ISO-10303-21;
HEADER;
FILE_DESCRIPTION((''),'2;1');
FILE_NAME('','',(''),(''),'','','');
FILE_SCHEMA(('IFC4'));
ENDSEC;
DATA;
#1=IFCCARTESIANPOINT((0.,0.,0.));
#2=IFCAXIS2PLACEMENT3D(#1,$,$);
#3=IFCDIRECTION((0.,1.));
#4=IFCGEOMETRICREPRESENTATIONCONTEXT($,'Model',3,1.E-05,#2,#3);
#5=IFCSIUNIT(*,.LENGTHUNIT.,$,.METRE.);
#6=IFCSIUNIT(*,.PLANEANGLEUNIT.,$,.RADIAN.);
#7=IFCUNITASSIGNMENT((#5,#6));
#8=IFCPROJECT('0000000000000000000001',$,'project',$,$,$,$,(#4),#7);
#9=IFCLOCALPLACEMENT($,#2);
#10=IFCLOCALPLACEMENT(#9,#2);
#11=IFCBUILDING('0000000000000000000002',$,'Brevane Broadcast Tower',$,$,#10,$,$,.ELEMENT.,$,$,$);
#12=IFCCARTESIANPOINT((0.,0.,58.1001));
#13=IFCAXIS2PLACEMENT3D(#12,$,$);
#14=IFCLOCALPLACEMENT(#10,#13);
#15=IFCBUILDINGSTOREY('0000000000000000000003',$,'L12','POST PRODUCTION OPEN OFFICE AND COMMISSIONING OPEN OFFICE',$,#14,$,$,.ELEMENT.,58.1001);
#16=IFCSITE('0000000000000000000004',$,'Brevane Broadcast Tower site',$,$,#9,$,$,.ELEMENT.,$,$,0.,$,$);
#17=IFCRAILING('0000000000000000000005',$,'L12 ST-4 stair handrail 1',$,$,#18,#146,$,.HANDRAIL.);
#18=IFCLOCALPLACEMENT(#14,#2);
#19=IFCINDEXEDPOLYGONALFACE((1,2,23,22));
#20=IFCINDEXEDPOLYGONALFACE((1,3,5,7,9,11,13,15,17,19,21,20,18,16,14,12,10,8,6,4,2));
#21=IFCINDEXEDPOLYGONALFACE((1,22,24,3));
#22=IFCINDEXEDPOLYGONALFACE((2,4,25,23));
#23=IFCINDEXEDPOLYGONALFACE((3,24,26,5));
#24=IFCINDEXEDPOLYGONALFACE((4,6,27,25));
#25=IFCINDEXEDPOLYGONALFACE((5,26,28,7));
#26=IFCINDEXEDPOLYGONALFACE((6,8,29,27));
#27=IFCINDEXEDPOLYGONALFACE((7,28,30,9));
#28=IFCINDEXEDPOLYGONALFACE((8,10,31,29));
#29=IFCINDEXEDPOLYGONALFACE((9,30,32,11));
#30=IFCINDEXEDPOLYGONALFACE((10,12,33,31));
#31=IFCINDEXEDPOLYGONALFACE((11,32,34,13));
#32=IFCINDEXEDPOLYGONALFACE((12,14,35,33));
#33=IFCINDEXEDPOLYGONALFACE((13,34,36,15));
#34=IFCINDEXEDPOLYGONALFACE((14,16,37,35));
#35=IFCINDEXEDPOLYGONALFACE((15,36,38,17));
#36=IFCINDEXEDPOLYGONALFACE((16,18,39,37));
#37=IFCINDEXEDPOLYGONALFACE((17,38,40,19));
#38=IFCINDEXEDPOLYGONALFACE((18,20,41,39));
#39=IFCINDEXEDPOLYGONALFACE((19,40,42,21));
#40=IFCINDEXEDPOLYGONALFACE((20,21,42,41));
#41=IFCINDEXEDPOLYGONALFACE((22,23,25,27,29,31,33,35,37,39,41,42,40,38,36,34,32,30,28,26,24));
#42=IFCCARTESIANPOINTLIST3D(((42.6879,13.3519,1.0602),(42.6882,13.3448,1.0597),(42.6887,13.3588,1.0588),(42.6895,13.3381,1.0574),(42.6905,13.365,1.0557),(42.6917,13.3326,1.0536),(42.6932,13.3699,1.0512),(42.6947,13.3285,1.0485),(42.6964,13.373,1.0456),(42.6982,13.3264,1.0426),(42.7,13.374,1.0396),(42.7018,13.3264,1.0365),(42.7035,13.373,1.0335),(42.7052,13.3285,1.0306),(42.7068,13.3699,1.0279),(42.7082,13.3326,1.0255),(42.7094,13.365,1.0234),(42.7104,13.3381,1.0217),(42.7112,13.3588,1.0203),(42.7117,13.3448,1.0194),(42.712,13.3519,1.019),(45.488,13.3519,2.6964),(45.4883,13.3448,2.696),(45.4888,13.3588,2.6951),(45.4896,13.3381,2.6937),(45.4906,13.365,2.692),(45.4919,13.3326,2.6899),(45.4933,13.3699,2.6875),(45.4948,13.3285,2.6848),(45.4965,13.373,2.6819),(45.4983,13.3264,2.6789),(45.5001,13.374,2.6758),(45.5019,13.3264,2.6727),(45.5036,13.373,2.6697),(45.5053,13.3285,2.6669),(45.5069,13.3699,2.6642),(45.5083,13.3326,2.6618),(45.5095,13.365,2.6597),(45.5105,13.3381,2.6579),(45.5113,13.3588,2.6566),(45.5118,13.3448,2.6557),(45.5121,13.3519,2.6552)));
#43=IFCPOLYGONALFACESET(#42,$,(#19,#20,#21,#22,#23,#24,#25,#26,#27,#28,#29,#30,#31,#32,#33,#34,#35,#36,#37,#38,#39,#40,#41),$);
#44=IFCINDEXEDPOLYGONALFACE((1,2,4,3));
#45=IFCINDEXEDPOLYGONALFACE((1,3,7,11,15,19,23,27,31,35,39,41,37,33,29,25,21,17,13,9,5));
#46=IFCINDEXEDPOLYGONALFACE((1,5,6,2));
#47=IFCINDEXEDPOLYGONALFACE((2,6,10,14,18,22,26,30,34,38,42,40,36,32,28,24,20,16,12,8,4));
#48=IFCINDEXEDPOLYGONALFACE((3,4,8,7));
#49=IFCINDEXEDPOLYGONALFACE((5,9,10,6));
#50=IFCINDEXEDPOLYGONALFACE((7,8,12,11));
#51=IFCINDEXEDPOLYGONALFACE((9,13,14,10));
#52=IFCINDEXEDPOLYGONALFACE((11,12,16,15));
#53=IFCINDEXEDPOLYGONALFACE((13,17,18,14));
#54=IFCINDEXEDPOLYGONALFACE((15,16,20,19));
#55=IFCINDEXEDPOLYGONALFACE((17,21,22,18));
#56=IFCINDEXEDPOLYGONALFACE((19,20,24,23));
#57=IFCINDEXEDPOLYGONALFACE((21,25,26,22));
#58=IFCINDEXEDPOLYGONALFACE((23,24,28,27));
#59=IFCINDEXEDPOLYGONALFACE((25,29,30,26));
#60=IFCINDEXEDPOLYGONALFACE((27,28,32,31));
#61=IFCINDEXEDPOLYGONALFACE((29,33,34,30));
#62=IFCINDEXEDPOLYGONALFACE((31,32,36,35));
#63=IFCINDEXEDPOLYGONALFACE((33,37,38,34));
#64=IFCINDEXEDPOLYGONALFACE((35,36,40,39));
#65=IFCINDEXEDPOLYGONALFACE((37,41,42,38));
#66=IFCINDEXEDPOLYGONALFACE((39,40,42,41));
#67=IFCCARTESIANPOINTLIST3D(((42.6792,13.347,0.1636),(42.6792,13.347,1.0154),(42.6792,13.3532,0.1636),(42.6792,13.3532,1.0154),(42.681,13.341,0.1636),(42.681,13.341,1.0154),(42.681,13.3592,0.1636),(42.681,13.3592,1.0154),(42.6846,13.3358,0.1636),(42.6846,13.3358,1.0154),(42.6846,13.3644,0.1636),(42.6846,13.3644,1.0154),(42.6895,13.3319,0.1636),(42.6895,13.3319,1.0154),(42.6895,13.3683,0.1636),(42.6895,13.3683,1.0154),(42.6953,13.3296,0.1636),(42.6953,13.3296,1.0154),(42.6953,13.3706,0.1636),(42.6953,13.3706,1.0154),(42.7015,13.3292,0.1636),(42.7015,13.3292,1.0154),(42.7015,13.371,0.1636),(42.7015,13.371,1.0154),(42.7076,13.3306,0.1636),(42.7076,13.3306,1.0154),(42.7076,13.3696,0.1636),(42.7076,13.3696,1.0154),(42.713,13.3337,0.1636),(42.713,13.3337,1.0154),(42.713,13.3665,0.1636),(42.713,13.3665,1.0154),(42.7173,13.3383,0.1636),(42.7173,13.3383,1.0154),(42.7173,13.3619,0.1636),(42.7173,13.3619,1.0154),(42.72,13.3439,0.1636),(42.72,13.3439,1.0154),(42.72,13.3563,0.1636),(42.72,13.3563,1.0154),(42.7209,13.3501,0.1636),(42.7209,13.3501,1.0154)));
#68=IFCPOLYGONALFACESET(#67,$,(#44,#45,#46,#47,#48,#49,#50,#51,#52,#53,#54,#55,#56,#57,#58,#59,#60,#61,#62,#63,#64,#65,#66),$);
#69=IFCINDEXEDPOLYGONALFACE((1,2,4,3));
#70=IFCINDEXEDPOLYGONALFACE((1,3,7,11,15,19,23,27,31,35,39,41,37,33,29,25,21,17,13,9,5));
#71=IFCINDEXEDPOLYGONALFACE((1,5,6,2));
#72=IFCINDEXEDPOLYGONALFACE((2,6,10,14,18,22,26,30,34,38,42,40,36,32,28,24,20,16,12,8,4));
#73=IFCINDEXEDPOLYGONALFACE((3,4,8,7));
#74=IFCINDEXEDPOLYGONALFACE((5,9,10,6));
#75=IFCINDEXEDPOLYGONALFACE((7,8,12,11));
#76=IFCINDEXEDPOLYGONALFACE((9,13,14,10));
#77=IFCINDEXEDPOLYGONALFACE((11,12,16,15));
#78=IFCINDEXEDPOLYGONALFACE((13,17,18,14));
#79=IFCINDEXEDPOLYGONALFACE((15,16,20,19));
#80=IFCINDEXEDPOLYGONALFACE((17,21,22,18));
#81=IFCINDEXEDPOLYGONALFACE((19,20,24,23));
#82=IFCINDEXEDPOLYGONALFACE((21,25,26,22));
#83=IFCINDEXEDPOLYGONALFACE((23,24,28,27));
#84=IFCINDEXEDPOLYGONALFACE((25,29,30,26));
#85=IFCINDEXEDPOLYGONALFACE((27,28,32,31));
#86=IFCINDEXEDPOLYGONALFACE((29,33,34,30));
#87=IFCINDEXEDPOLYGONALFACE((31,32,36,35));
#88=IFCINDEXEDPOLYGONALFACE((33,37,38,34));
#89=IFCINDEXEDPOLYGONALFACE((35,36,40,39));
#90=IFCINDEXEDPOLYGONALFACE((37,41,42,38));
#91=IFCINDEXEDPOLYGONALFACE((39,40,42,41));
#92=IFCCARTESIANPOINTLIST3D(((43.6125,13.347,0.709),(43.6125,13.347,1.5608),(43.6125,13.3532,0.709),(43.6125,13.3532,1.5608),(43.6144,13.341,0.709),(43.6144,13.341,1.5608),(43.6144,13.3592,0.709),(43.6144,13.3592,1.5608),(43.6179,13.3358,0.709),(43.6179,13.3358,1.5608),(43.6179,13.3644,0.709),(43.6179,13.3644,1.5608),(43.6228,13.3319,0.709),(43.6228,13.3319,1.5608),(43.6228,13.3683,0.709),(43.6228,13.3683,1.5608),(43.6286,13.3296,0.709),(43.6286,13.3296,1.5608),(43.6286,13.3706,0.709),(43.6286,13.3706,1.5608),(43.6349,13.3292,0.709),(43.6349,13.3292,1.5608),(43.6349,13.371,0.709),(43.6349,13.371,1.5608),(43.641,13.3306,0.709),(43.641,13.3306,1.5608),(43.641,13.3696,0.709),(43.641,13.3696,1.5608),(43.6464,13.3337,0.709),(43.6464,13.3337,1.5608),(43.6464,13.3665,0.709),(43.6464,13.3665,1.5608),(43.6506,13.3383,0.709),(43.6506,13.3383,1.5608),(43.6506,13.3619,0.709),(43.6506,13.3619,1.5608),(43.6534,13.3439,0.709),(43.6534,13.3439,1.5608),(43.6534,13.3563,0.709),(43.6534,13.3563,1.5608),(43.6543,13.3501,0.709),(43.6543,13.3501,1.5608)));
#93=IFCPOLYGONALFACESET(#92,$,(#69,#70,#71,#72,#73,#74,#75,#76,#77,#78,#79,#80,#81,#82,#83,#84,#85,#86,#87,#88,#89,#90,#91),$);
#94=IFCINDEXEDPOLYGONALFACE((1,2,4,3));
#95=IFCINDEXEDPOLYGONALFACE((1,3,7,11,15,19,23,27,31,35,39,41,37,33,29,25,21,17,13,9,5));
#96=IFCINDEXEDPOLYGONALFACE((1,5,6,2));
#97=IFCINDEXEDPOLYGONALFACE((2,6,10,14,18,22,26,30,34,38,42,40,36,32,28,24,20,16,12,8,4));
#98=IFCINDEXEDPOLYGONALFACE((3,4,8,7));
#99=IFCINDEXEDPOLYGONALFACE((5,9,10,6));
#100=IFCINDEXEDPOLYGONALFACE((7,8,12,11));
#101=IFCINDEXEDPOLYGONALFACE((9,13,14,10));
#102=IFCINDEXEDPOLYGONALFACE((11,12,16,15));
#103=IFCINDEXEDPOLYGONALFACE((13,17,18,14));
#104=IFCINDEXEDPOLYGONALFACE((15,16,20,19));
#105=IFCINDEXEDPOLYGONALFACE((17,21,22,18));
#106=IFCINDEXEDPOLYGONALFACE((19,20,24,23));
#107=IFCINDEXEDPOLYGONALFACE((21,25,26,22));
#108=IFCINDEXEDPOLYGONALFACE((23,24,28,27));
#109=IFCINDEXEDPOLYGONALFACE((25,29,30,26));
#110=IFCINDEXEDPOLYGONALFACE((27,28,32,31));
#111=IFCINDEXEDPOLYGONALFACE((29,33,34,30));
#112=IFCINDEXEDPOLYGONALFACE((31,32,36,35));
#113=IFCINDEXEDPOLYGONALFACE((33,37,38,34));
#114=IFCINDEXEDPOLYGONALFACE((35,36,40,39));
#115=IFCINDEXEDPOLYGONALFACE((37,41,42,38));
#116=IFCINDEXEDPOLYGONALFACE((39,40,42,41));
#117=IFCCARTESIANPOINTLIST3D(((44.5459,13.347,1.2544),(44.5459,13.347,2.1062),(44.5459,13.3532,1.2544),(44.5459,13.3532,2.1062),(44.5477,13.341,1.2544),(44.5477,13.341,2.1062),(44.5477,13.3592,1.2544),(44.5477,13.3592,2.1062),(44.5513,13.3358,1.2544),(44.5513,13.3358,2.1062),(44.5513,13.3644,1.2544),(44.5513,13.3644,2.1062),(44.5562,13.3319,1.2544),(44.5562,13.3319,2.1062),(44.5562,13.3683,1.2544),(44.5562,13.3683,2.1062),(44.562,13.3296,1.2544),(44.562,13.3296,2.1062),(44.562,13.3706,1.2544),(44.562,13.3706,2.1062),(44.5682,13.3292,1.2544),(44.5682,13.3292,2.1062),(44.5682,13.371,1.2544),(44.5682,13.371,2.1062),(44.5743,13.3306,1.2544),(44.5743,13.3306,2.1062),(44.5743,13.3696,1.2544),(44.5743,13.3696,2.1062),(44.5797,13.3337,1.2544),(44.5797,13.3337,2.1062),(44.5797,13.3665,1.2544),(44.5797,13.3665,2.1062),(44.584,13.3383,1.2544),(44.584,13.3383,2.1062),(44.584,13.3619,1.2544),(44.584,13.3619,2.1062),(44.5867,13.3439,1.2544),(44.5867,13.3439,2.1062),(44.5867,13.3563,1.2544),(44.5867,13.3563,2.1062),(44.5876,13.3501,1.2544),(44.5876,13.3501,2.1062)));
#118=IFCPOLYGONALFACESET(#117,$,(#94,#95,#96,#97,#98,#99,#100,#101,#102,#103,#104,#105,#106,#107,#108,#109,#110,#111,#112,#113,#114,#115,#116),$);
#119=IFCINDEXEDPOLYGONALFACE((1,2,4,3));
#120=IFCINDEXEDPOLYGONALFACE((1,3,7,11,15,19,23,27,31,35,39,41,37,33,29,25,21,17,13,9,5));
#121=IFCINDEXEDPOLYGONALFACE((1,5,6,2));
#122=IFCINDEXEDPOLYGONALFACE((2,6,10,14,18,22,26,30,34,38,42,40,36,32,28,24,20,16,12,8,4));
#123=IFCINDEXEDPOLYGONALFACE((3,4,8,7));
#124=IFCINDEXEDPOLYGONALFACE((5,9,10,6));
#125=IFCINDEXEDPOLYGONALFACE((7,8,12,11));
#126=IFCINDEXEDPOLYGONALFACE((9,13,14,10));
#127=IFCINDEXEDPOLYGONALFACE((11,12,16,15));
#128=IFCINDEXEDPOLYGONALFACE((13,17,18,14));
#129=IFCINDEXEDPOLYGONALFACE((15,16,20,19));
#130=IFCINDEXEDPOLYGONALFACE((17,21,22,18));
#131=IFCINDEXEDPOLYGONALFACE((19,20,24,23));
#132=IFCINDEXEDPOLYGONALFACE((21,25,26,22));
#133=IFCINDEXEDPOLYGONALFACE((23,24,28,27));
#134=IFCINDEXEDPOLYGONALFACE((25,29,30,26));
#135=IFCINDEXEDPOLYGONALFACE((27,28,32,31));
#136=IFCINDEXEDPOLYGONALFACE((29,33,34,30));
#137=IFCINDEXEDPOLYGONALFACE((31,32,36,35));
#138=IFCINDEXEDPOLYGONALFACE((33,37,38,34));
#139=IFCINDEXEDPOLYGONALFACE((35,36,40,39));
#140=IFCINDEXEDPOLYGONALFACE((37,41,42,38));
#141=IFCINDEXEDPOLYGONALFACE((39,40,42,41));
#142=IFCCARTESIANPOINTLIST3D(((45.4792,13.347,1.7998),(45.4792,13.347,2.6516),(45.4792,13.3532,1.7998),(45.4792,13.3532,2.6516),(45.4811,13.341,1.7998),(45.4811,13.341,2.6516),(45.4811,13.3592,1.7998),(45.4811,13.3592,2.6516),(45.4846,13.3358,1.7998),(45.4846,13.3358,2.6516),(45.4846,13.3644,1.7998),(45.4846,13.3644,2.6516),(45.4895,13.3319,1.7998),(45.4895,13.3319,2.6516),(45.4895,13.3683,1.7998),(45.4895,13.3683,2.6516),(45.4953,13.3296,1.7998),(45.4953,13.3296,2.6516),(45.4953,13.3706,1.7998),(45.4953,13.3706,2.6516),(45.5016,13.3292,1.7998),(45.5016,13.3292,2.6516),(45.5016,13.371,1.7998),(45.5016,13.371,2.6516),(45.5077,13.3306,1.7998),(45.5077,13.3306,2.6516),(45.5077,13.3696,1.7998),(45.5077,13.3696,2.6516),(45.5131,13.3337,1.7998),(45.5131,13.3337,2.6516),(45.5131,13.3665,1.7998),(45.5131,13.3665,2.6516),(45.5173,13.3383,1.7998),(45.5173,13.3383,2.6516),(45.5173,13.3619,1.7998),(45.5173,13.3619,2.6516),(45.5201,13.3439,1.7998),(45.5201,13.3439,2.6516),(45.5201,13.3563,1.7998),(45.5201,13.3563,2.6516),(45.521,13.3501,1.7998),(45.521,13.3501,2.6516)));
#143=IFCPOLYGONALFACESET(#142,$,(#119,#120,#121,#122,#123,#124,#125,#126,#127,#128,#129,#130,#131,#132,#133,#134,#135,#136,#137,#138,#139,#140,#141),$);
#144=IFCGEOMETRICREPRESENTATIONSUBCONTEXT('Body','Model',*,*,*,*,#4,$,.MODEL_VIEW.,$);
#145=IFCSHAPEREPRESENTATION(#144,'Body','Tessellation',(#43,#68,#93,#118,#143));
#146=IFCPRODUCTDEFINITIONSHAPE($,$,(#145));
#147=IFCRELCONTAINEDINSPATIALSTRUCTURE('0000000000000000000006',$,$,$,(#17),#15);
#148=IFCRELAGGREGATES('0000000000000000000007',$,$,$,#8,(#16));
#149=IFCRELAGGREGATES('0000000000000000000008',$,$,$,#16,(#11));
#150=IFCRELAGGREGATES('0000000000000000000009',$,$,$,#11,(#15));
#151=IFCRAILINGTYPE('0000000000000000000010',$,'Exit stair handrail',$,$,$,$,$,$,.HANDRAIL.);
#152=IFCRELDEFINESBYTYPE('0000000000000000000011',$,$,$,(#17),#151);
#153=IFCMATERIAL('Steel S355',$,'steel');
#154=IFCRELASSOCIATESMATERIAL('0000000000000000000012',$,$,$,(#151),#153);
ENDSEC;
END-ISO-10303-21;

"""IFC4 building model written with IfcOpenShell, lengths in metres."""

from ifc_helpers import new_model, si_unit, direction, frame, origin, origin_2d, place, context, subcontext, project, spatial, circle, extrude, material, type_object, element, save


model = new_model("IFC4")

# Units and contexts
model_context = context("Model", 3, precision=1e-05, world=origin(), true_north=direction((0.0, 1.0)))
body_context = subcontext(model_context, "Body", "Model", "MODEL_VIEW")
ifc_project = project(units=[si_unit("LENGTHUNIT", "METRE"), si_unit("PLANEANGLEUNIT", "RADIAN")], contexts=[model_context])

# Site, building, storey
site_placement = place(None, origin())
site = spatial("IfcSite", under=ifc_project, at=site_placement, Name="Brevane Broadcast Tower site", CompositionType="ELEMENT", RefElevation=0.0)
building_placement = place(site_placement, origin())
building = spatial("IfcBuilding", under=site, at=building_placement, Name="Brevane Broadcast Tower", CompositionType="ELEMENT")
storey_placement = place(building_placement, frame((0.0, 0.0, 58.1001)))
storey = spatial("IfcBuildingStorey", under=building, at=storey_placement, Name="L12", Description="POST PRODUCTION OPEN OFFICE AND COMMISSIONING OPEN OFFICE", CompositionType="ELEMENT", Elevation=58.1001)

# Railing
ifc_material_1 = material(Name="Steel S355", Category="steel")
railing_type_1 = type_object("IfcRailingType", Name="Exit stair handrail", PredefinedType="HANDRAIL", material=ifc_material_1)
railing_1_placement = place(storey_placement, frame((42.7, 13.3501, 0.1636)))
element("IfcRailing", 1, at=railing_1_placement, inside=storey, type_object=railing_type_1, Name="L12 ST-4 stair handrail 1", PredefinedType="HANDRAIL", context=body_context, shape_type="SweptSolid", body=[
    extrude(circle(Radius=0.0239, at=origin_2d()), frame((0.0, 0.0, 0.876), z_axis=(0.863394, 0.0, 0.504531), x_axis=(0.0, 1.0, 0.0)), (0.0, 0.0, 1.0), 3.2432),
    extrude(circle(Radius=0.021, at=origin_2d()), origin(), (0.0, 0.0, 1.0), 0.8518),
    extrude(circle(Radius=0.021, at=origin_2d()), frame((0.9333, 0.0, 0.5454)), (0.0, 0.0, 1.0), 0.8518),
    extrude(circle(Radius=0.021, at=origin_2d()), frame((1.8667, 0.0, 1.0908)), (0.0, 0.0, 1.0), 0.8518),
    extrude(circle(Radius=0.021, at=origin_2d()), frame((2.8, 0.0, 1.6362)), (0.0, 0.0, 1.0), 0.8518),
])

save(model, "model.ifc")
